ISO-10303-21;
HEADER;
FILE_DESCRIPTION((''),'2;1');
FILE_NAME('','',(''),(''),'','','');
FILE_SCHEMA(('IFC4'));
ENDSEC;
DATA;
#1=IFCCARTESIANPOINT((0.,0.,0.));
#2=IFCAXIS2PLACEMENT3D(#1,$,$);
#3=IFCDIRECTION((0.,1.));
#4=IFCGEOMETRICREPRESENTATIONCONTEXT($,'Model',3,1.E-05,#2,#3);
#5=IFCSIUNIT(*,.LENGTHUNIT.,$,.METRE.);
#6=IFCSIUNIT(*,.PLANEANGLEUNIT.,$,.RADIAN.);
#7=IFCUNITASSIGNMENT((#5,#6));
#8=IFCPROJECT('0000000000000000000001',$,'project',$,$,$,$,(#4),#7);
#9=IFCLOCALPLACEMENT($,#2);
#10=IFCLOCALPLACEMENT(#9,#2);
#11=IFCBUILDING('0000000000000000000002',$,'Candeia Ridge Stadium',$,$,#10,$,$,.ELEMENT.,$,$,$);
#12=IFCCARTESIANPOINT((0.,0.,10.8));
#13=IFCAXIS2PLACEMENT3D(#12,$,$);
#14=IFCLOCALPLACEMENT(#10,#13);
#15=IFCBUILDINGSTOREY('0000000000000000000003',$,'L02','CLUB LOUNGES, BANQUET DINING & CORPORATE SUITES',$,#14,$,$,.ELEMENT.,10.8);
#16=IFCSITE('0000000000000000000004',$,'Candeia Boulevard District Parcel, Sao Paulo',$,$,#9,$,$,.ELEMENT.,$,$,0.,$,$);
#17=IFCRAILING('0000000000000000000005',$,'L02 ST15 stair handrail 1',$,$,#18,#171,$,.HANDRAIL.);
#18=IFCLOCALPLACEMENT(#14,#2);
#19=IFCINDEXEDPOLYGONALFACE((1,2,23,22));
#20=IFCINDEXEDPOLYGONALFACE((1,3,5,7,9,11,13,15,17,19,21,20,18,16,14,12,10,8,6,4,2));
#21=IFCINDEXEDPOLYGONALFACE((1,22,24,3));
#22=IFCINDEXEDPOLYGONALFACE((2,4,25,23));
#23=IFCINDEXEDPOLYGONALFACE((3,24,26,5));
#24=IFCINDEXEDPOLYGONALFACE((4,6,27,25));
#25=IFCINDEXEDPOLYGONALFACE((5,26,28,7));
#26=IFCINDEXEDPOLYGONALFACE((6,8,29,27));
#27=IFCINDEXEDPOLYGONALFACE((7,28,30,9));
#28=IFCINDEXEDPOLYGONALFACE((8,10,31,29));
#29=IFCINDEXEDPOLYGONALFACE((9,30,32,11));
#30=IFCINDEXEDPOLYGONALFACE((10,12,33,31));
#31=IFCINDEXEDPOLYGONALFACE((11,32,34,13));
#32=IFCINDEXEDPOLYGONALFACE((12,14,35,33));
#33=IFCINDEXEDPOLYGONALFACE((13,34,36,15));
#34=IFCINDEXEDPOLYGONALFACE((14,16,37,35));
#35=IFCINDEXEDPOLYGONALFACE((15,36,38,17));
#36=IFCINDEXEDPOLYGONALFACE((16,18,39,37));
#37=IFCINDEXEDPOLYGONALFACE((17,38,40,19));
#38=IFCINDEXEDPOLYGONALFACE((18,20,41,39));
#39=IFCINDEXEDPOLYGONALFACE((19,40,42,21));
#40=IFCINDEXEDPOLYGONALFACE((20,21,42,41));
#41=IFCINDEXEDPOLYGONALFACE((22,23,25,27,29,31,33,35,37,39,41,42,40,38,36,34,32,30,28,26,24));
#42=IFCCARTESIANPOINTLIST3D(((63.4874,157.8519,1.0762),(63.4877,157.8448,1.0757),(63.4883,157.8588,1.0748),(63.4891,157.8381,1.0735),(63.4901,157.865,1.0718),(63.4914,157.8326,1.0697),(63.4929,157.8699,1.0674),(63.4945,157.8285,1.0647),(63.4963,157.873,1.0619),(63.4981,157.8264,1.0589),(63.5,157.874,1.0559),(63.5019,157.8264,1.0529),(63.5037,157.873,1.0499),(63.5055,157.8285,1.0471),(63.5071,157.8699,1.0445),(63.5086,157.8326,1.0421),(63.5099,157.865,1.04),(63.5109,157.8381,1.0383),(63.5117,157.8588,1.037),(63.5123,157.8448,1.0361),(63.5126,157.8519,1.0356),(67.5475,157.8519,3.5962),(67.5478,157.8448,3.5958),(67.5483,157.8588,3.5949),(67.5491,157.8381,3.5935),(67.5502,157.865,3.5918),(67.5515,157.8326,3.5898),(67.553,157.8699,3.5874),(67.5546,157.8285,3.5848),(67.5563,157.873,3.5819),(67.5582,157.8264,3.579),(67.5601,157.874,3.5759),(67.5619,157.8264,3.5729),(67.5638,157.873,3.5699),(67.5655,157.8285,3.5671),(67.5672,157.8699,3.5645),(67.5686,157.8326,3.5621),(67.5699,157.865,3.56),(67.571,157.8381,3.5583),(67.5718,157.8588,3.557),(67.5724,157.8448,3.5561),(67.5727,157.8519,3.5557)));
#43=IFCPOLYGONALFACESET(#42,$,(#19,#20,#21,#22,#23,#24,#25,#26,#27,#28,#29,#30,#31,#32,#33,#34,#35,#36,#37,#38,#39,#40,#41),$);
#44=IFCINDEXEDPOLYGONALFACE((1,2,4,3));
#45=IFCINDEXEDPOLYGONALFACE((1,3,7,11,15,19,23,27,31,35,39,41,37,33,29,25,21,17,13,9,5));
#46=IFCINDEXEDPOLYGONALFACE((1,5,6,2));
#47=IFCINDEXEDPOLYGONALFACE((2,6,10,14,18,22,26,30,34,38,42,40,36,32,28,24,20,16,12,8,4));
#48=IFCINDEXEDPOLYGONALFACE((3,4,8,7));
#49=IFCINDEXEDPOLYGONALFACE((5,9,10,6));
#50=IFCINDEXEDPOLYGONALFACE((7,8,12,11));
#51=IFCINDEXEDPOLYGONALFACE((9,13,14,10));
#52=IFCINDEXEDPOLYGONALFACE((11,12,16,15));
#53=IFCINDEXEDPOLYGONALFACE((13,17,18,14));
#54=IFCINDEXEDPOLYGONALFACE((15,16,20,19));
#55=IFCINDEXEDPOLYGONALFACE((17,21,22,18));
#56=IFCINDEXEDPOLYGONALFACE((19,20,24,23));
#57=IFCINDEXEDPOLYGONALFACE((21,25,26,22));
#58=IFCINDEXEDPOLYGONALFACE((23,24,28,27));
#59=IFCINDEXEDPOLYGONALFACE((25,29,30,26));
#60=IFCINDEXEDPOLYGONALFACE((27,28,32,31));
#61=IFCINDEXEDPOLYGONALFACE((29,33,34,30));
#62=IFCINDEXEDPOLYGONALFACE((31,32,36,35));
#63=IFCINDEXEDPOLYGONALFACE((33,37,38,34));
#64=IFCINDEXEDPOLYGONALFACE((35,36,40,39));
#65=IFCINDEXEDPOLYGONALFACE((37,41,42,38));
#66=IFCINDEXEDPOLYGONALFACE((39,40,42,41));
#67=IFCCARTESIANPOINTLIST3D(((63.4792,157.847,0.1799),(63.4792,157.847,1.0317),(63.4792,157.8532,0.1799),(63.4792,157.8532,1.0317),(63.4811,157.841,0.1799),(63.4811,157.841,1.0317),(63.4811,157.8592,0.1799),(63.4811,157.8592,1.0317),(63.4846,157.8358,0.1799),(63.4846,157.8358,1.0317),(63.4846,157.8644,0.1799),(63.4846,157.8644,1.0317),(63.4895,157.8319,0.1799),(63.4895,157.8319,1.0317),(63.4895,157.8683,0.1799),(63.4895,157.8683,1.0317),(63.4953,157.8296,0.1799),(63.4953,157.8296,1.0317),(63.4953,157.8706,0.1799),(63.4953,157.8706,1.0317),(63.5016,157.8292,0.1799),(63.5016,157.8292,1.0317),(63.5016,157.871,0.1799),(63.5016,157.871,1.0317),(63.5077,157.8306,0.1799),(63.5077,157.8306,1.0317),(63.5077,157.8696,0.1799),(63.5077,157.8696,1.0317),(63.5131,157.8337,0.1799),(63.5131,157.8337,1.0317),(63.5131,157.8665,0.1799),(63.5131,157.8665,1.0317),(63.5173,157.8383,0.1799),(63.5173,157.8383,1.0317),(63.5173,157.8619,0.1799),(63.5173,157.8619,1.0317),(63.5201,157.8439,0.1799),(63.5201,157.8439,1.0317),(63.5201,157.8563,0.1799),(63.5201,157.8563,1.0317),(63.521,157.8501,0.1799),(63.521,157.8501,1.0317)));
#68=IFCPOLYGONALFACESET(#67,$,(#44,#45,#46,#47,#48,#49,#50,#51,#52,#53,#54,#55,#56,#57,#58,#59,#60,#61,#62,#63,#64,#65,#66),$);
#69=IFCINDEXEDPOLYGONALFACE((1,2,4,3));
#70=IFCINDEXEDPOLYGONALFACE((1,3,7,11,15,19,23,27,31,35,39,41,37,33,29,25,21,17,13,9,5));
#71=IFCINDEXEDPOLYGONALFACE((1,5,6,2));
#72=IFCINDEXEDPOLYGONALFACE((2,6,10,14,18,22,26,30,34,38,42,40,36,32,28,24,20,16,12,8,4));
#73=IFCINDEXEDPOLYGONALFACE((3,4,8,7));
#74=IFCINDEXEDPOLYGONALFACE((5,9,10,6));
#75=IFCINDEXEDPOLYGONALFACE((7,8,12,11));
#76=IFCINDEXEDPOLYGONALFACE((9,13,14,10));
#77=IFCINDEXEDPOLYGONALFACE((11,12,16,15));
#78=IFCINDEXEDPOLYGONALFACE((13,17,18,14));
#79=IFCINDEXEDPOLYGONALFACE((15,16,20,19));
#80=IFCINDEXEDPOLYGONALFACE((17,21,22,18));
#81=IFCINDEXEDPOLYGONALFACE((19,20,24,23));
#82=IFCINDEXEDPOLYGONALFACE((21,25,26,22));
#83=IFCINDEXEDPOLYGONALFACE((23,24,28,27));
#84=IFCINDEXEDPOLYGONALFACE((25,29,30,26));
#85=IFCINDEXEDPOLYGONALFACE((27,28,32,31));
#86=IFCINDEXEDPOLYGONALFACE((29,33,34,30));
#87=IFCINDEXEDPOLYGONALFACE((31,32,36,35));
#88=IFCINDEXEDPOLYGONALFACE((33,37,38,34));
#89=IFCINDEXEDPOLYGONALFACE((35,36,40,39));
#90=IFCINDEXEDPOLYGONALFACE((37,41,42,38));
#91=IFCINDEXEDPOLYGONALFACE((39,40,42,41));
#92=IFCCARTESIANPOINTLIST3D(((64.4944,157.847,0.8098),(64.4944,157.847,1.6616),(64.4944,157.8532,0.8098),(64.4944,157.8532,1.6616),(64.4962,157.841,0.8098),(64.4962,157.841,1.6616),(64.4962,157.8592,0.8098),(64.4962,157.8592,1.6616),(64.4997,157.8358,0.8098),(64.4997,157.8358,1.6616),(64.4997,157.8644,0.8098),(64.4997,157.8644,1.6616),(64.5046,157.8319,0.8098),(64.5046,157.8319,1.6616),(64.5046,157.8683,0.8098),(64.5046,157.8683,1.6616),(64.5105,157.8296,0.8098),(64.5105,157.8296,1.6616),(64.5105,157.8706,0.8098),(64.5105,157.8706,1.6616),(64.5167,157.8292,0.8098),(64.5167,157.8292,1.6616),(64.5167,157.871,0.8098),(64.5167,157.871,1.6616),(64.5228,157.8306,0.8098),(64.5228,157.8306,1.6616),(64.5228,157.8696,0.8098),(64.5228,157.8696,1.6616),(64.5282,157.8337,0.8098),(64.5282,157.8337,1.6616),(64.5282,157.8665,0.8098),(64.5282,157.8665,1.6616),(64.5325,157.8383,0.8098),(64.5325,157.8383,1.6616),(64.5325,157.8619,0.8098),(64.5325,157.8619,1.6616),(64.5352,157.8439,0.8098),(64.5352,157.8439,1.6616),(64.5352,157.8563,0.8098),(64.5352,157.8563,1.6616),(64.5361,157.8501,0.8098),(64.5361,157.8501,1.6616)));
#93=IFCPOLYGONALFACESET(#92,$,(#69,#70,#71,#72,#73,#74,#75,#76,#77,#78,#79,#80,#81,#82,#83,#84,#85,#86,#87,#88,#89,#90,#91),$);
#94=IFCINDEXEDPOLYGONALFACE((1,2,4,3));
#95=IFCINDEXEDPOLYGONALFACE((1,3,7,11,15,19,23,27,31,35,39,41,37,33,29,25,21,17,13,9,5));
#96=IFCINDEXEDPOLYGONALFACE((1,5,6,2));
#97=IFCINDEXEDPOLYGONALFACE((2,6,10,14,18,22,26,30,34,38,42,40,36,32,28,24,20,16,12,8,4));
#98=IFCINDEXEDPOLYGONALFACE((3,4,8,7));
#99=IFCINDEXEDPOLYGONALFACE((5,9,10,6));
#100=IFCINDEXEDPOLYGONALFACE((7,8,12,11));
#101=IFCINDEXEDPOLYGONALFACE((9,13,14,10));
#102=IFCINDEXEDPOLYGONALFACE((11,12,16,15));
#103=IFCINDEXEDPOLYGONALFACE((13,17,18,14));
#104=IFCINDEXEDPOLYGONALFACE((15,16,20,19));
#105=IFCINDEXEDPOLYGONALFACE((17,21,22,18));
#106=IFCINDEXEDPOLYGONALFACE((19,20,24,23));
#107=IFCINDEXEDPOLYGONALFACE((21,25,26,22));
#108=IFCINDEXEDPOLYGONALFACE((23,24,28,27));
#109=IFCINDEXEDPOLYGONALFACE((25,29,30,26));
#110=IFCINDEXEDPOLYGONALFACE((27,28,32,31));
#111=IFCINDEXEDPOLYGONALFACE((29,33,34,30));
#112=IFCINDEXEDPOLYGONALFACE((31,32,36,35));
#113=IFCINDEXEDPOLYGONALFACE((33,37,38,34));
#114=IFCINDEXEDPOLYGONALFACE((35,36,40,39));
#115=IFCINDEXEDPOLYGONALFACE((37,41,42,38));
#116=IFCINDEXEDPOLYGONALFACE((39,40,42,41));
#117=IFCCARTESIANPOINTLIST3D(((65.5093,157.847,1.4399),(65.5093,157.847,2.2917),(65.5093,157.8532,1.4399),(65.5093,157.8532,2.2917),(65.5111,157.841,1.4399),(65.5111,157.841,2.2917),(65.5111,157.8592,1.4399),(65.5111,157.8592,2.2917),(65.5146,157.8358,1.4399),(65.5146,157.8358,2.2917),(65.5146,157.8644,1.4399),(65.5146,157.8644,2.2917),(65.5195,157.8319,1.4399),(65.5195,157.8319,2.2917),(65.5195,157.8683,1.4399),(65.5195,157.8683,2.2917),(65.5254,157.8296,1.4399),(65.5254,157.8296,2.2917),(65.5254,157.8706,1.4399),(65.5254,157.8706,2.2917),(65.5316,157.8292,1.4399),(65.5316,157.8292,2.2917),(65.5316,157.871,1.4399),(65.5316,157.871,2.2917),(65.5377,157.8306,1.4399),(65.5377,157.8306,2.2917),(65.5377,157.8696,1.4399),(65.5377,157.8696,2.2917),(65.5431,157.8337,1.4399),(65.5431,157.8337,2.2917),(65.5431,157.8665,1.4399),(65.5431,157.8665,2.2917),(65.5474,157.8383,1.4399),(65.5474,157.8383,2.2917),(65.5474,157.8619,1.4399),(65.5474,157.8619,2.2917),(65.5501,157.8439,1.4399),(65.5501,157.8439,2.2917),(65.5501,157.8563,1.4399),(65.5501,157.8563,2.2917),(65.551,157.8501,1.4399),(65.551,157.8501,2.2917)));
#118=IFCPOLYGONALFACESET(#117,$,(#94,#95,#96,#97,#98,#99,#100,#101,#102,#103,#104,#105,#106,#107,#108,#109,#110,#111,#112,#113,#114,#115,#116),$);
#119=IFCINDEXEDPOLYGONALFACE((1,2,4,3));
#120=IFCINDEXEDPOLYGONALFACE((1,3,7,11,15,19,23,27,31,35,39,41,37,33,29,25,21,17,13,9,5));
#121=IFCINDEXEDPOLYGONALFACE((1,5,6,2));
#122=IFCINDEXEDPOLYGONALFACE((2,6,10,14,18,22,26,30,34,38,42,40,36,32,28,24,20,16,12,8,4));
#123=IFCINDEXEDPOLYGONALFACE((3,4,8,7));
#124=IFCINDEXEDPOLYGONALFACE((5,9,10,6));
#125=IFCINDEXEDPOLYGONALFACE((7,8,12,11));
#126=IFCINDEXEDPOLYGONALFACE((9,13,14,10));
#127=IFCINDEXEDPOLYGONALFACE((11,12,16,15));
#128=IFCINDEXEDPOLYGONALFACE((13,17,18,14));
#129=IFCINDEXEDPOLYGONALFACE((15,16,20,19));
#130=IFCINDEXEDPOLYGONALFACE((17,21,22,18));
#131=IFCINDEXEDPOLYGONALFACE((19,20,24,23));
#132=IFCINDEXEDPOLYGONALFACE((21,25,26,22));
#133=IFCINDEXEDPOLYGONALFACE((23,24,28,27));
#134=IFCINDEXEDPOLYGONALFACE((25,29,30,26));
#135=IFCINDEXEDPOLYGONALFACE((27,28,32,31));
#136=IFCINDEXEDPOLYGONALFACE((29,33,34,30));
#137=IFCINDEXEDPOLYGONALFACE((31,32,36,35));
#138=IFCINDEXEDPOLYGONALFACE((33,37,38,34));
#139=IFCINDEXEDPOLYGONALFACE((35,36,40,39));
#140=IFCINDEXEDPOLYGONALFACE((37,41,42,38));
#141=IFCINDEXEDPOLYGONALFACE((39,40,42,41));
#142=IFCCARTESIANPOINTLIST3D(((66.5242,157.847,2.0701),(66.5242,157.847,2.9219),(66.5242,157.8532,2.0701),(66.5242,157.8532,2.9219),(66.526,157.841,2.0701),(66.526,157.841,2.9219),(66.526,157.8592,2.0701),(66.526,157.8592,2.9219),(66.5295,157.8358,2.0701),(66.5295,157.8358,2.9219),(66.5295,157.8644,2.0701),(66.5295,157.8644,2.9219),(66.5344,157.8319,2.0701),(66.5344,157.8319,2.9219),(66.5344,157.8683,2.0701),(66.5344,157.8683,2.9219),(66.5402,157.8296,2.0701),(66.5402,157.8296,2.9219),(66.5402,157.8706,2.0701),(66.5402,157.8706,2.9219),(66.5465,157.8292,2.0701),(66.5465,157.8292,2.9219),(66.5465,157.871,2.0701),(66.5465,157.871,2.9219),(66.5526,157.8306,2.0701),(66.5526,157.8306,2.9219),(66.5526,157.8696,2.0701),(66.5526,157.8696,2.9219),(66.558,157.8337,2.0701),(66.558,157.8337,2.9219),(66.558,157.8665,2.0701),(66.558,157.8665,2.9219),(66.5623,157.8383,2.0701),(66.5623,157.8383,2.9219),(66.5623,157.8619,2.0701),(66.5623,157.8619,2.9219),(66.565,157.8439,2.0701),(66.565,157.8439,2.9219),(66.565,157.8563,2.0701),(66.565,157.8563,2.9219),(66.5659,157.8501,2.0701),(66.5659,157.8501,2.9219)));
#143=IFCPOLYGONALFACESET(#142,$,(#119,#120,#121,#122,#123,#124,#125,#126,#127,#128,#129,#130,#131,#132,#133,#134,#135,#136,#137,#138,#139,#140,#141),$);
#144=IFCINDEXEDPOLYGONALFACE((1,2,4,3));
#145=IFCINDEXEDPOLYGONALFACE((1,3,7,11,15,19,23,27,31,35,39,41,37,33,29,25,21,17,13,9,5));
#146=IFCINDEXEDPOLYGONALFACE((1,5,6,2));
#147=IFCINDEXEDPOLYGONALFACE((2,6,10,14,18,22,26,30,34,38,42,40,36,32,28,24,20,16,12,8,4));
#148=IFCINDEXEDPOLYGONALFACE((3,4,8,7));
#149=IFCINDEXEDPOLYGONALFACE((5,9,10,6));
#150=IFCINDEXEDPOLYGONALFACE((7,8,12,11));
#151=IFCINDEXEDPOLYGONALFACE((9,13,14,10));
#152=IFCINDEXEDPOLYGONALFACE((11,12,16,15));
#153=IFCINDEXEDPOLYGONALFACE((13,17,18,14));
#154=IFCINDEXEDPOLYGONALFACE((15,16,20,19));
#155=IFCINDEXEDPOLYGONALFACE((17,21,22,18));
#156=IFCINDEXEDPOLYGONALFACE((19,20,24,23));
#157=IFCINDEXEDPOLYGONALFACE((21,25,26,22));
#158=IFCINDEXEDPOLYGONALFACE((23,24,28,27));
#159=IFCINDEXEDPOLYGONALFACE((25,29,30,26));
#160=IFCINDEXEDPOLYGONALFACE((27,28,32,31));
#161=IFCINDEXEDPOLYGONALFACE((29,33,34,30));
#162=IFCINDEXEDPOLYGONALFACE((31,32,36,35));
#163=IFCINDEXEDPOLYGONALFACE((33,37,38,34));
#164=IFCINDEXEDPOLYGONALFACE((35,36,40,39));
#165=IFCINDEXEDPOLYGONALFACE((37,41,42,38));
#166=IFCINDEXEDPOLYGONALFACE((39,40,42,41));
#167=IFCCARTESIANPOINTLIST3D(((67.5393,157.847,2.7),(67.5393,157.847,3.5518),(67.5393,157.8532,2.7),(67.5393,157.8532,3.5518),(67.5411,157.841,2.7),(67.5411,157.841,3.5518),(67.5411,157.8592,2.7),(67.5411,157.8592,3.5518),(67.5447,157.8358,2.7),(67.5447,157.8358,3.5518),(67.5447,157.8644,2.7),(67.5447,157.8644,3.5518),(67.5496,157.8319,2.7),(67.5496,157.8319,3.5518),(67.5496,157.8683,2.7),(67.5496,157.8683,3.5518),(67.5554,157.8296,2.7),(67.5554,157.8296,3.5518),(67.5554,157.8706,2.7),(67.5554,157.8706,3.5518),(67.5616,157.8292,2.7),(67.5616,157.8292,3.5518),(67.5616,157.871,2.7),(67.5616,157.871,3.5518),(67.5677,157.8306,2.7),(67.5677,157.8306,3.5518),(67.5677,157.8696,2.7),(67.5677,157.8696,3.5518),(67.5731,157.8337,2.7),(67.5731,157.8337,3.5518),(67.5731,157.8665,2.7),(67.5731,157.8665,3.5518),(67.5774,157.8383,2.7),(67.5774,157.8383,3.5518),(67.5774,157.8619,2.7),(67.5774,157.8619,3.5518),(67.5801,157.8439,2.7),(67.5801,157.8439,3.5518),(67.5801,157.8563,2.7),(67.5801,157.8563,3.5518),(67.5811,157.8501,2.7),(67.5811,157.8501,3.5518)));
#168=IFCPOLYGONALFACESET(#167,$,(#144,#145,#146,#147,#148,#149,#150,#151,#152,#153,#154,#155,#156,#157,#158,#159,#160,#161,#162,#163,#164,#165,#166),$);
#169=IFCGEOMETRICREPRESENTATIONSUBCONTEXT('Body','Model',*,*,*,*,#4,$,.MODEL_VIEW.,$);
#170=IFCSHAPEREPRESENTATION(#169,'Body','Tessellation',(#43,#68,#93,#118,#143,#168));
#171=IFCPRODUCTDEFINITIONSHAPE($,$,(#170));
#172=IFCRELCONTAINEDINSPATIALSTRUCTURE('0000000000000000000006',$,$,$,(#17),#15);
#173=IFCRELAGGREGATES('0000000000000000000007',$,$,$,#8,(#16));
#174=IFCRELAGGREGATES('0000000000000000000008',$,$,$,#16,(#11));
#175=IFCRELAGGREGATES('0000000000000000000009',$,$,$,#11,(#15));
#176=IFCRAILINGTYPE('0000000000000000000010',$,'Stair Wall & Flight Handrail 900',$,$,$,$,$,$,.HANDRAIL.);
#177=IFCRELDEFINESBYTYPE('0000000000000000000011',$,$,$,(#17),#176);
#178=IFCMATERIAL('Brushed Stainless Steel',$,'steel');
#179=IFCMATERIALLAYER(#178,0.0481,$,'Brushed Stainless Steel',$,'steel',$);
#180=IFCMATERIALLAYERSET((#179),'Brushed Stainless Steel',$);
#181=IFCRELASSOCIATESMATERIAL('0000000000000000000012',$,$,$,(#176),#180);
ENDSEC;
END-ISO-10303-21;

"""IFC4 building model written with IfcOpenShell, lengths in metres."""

from ifc_helpers import new_model, si_unit, direction, frame, origin, origin_2d, place, context, subcontext, project, spatial, circle, extrude, material, layer, layer_set, type_object, element, save


model = new_model("IFC4")

# Units and contexts
model_context = context("Model", 3, precision=1e-05, world=origin(), true_north=direction((0.0, 1.0)))
body_context = subcontext(model_context, "Body", "Model", "MODEL_VIEW")
ifc_project = project(units=[si_unit("LENGTHUNIT", "METRE"), si_unit("PLANEANGLEUNIT", "RADIAN")], contexts=[model_context])

# Site, building, storey
site_placement = place(None, origin())
site = spatial("IfcSite", under=ifc_project, at=site_placement, Name="Candeia Boulevard District Parcel, Sao Paulo", CompositionType="ELEMENT", RefElevation=0.0)
building_placement = place(site_placement, origin())
building = spatial("IfcBuilding", under=site, at=building_placement, Name="Candeia Ridge Stadium", CompositionType="ELEMENT")
storey_placement = place(building_placement, frame((0.0, 0.0, 10.8)))
storey = spatial("IfcBuildingStorey", under=building, at=storey_placement, Name="L02", Description="CLUB LOUNGES, BANQUET DINING & CORPORATE SUITES", CompositionType="ELEMENT", Elevation=10.8)

# Railing
ifc_material_1 = material(Name="Brushed Stainless Steel", Category="steel")
ifc_layer_1 = layer(ifc_material_1, 0.0481, Name="Brushed Stainless Steel", Category="steel")
ifc_layer_set_1 = layer_set([ifc_layer_1], Name="Brushed Stainless Steel")
railing_type_1 = type_object("IfcRailingType", Name="Stair Wall & Flight Handrail 900", PredefinedType="HANDRAIL", material=ifc_layer_set_1)
railing_1_placement = place(storey_placement, frame((63.5, 157.8501, 0.1799)))
element("IfcRailing", 1, at=railing_1_placement, inside=storey, type_object=railing_type_1, Name="L02 ST15 stair handrail 1", PredefinedType="HANDRAIL", context=body_context, shape_type="SweptSolid", body=[
    extrude(circle(Radius=0.0239, at=origin_2d()), frame((0.0, 0.0, 0.876), z_axis=(0.849642, 0.0, 0.52736), x_axis=(0.0, 1.0, 0.0)), (0.0, 0.0, 1.0), 4.7786),
    extrude(circle(Radius=0.021, at=origin_2d()), origin(), (0.0, 0.0, 1.0), 0.8518),
    extrude(circle(Radius=0.021, at=origin_2d()), frame((1.0151, 0.0, 0.6299)), (0.0, 0.0, 1.0), 0.8518),
    extrude(circle(Radius=0.021, at=origin_2d()), frame((2.03, 0.0, 1.26)), (0.0, 0.0, 1.0), 0.8518),
    extrude(circle(Radius=0.021, at=origin_2d()), frame((3.0449, 0.0, 1.8901)), (0.0, 0.0, 1.0), 0.8518),
    extrude(circle(Radius=0.021, at=origin_2d()), frame((4.0601, 0.0, 2.52)), (0.0, 0.0, 1.0), 0.8518),
])

save(model, "model.ifc")
